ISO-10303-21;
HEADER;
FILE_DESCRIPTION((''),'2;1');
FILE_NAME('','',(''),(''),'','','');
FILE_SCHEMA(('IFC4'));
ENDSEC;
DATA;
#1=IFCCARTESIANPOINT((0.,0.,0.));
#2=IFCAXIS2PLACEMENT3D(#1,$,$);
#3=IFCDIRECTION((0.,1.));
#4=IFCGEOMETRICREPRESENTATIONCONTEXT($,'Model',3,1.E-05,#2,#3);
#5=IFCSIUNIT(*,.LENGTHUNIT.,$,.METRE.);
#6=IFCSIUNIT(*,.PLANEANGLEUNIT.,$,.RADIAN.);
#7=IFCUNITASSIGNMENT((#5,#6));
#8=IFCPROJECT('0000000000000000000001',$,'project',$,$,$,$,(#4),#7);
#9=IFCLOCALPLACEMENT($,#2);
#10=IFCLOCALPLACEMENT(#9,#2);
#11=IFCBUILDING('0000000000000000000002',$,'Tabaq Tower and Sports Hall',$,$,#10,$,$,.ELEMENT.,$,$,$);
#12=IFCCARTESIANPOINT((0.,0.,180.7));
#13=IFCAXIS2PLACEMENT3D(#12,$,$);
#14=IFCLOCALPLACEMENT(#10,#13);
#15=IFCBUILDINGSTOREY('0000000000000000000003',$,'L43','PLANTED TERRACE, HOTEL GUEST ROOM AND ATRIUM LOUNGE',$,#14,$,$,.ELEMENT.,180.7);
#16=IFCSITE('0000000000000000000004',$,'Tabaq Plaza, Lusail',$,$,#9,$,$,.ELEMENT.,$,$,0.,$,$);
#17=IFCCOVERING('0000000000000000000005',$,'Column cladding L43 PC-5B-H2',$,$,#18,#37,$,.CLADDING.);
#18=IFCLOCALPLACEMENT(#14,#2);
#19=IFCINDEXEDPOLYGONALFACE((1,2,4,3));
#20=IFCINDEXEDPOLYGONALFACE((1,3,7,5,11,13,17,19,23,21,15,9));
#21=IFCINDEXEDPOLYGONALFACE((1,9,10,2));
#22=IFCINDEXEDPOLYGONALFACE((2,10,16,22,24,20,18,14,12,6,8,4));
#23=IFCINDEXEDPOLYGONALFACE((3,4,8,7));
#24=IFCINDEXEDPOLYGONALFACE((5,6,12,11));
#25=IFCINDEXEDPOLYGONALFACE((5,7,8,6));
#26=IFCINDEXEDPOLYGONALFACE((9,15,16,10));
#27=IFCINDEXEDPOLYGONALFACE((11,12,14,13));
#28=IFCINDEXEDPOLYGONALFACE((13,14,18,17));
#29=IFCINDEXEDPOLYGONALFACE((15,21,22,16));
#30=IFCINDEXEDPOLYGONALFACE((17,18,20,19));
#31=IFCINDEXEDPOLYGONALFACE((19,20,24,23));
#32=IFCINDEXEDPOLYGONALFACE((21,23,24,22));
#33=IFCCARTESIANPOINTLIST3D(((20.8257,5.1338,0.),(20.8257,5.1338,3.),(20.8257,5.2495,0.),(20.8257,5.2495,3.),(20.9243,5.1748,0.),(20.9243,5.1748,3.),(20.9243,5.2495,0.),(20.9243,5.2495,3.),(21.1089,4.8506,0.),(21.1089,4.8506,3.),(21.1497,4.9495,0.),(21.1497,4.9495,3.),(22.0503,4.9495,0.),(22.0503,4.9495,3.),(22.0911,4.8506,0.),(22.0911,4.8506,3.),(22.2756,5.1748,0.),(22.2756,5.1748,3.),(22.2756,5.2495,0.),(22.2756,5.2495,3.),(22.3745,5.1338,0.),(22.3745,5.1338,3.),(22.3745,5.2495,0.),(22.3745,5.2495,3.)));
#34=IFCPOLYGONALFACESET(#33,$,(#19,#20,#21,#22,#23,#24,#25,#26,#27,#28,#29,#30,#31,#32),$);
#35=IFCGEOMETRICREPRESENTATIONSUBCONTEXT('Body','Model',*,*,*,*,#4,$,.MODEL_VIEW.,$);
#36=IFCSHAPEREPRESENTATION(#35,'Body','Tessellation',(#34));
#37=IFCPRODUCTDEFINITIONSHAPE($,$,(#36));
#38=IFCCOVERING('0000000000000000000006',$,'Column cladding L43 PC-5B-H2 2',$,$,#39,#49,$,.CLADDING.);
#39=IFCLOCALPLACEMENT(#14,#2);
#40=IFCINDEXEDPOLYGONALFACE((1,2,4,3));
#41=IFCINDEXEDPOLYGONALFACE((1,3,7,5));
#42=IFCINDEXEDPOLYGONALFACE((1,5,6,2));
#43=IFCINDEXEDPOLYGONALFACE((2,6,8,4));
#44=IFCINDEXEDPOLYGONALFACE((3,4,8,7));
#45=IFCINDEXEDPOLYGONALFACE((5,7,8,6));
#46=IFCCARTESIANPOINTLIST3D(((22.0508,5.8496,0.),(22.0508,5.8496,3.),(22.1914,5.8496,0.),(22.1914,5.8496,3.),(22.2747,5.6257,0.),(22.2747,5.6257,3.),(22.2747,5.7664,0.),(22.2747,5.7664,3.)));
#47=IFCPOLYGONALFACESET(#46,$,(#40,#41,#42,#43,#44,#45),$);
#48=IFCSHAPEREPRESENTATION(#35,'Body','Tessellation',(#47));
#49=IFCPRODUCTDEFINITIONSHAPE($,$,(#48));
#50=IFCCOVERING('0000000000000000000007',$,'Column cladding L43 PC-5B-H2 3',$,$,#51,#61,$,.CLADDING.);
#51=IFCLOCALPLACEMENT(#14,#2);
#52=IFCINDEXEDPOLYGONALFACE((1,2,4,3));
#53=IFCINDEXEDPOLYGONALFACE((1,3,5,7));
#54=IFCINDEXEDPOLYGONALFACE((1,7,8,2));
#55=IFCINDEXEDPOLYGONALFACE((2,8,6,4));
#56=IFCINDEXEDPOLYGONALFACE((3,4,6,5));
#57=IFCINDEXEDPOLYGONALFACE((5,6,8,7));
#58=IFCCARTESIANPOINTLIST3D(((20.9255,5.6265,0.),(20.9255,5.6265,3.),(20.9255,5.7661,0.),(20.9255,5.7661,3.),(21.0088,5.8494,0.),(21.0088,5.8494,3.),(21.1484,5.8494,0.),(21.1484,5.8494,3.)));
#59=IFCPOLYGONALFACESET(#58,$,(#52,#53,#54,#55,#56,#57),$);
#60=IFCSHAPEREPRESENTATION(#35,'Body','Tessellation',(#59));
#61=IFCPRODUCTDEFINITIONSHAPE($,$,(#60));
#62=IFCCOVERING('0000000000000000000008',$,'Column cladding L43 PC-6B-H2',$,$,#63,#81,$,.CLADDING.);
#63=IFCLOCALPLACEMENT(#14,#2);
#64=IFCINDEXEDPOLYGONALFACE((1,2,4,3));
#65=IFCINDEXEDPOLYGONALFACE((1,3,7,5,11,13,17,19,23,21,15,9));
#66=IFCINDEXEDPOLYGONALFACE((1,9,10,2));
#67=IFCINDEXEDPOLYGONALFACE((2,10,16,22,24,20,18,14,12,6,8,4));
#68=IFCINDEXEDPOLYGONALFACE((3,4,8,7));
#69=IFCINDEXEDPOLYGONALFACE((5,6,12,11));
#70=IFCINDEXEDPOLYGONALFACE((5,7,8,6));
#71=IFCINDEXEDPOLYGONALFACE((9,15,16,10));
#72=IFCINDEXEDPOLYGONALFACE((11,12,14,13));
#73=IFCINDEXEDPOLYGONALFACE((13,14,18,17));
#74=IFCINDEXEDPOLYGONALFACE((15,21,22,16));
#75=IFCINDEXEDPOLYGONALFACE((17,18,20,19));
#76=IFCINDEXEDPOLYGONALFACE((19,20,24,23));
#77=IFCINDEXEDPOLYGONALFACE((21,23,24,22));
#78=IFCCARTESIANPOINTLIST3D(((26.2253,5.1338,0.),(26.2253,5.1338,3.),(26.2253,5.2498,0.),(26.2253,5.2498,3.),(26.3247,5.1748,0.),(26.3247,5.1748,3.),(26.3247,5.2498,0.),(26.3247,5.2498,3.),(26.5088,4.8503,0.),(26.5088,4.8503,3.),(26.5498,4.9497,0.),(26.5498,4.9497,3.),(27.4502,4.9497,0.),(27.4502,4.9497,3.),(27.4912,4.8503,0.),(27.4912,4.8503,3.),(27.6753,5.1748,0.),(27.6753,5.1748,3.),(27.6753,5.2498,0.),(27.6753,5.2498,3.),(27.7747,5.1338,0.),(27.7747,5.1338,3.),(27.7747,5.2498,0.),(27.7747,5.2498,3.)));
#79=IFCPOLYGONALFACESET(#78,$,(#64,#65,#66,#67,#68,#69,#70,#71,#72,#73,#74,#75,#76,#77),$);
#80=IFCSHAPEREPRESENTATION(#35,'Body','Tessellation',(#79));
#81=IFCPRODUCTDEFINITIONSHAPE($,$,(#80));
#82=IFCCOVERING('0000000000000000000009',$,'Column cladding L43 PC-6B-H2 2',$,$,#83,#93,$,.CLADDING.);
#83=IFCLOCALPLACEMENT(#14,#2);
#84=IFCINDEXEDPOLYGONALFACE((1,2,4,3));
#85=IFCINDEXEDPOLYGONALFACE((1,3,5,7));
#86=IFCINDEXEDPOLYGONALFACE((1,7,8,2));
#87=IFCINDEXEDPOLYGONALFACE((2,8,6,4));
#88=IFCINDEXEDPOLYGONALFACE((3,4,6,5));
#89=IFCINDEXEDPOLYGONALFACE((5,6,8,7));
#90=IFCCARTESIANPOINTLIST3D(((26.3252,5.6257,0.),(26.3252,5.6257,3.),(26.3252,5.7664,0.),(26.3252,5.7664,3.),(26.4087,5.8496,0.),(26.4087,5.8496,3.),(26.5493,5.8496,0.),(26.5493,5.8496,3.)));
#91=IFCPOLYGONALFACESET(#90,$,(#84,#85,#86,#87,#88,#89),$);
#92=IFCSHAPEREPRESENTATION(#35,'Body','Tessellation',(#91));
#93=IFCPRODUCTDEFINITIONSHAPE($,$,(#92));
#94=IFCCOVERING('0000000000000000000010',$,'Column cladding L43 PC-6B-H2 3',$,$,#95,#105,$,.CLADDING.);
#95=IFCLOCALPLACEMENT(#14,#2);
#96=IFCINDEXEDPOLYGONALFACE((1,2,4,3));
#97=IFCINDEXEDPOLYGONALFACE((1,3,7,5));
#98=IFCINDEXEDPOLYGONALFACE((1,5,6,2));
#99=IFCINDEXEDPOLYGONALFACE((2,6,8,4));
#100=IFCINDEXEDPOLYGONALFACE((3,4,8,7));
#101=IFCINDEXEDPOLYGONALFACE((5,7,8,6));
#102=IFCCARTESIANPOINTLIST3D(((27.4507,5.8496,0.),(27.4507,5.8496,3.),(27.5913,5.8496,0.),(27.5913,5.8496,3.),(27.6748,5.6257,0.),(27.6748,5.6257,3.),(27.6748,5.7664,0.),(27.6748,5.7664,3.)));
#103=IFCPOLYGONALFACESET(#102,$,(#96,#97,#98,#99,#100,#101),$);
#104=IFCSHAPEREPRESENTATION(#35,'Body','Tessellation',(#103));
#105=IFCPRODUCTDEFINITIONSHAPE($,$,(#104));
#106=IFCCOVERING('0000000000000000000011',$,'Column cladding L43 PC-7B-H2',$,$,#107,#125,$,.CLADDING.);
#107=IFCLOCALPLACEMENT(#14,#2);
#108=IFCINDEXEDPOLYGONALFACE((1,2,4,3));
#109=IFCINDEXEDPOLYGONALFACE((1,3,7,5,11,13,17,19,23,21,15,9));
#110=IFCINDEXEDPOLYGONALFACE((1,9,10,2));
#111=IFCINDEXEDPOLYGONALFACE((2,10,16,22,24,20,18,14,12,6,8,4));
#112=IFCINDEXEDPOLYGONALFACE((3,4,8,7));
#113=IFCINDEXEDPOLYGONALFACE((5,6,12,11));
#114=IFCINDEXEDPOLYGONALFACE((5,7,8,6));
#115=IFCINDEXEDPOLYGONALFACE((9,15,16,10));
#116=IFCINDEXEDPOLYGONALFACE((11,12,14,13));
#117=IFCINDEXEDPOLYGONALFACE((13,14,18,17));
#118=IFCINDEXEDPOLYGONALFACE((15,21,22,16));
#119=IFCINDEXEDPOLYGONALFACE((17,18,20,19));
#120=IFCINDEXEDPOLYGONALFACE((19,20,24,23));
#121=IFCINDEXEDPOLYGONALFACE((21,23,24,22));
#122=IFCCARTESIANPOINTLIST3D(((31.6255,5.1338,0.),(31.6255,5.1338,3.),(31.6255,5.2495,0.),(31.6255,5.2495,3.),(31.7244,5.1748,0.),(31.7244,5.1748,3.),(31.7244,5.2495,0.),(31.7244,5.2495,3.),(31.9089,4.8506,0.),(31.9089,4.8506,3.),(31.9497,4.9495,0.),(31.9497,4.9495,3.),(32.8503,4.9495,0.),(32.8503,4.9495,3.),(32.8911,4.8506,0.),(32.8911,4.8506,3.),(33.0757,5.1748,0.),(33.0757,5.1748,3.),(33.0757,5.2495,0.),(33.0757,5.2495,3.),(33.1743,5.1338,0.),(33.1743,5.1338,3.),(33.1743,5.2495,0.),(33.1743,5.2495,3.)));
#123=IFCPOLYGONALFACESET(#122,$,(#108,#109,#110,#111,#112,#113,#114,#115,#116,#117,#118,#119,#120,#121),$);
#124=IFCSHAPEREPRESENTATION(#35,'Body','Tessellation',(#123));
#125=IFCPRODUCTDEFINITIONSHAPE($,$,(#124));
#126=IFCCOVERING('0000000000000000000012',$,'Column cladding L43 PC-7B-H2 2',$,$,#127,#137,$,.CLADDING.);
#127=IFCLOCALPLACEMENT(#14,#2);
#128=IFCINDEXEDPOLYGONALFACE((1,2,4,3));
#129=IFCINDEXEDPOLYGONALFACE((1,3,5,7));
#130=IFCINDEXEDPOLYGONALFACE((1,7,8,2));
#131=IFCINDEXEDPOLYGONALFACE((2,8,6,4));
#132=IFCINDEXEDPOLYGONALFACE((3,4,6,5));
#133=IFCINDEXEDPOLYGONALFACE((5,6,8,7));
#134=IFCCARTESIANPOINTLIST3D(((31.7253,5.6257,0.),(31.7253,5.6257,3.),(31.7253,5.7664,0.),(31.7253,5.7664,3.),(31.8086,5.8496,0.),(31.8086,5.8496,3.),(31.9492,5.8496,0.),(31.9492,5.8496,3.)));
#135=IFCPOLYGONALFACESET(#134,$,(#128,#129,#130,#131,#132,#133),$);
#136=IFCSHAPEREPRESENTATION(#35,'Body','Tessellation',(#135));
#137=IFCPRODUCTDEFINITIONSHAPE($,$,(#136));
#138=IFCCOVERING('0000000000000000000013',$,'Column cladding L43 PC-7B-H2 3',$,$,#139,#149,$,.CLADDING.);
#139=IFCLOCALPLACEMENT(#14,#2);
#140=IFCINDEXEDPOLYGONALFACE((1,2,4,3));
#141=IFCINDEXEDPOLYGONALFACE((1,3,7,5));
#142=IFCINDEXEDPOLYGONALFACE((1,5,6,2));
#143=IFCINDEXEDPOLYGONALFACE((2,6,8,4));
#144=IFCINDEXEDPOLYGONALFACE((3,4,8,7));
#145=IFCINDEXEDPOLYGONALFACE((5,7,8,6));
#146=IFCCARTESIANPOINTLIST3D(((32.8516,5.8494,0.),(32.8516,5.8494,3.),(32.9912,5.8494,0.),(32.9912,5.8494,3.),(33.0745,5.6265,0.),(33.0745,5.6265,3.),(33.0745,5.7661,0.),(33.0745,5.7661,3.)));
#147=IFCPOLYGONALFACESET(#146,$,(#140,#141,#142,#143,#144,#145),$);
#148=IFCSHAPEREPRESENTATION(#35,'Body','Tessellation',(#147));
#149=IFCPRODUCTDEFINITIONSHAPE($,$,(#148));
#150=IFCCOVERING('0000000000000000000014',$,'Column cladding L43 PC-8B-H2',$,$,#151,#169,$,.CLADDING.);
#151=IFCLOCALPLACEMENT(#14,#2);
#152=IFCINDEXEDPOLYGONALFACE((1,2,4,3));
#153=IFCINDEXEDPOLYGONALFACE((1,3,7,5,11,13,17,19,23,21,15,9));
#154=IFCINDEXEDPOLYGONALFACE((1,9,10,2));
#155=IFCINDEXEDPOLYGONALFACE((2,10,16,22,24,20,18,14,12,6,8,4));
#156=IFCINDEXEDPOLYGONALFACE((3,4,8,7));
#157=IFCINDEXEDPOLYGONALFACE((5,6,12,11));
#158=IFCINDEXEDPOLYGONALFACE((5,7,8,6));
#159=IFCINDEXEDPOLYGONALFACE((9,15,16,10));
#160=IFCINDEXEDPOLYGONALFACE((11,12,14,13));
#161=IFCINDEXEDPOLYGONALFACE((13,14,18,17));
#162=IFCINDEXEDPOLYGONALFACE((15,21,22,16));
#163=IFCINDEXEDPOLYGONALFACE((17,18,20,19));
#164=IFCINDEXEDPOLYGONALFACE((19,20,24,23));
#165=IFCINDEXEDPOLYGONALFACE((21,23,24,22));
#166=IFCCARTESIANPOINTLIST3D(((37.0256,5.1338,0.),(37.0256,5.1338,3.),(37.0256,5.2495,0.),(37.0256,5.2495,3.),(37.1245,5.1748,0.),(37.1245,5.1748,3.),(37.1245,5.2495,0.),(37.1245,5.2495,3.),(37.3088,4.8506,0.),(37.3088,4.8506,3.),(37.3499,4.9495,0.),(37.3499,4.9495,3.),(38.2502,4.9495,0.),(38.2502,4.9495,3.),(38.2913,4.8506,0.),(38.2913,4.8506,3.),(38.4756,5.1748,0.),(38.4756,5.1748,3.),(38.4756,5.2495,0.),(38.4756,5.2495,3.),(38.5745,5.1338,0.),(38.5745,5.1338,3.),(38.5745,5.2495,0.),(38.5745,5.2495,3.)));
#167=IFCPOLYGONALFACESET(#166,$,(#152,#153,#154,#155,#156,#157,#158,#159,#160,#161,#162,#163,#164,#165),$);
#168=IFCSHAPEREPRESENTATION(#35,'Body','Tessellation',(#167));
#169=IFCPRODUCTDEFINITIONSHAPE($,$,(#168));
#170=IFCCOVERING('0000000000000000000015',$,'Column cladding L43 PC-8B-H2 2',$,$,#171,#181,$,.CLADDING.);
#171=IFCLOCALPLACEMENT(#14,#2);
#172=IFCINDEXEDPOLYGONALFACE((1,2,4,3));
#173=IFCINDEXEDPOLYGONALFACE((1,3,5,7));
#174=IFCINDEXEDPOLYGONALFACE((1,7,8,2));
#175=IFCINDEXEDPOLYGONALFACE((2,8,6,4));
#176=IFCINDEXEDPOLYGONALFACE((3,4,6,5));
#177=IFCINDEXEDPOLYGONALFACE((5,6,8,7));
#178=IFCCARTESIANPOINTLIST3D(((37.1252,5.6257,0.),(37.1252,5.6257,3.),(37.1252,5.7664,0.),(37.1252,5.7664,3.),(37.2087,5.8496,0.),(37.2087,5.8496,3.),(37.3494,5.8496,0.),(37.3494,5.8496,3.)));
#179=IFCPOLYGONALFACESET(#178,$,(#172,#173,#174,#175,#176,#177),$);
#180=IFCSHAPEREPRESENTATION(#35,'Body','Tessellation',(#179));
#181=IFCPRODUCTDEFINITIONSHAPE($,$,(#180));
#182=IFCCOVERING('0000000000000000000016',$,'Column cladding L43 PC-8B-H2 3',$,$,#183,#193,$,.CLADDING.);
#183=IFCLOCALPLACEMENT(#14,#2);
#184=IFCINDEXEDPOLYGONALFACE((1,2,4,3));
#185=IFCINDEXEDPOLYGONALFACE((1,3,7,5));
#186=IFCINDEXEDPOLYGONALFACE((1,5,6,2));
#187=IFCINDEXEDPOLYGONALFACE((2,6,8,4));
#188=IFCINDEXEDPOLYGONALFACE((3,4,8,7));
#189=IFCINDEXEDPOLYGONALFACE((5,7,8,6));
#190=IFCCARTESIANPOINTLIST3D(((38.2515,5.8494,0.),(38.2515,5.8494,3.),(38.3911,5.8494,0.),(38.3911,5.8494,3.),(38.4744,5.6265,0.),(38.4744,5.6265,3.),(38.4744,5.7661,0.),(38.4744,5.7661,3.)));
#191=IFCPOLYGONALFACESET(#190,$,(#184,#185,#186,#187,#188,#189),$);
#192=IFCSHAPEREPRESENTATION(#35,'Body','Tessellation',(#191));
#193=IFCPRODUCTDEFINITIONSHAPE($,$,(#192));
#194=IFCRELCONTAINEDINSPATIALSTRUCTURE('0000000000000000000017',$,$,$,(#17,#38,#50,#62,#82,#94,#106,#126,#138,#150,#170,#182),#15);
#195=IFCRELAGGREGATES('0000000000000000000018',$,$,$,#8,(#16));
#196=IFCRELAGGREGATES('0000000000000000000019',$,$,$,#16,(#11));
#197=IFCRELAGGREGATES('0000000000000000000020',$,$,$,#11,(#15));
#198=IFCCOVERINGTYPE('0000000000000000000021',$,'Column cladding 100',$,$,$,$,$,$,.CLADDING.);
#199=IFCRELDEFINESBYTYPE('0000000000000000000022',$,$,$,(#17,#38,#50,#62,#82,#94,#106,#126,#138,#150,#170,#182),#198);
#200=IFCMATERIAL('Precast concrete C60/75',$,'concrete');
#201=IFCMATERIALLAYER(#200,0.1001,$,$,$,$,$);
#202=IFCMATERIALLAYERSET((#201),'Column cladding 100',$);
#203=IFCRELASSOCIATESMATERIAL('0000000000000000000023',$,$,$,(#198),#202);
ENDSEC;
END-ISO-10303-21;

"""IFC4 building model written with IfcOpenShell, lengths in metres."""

from ifc_helpers import new_model, si_unit, direction, frame, origin, place, context, subcontext, project, spatial, polyline, outline, extrude, material, layer, layer_set, type_object, element, save


model = new_model("IFC4")

# Units and contexts
model_context = context("Model", 3, precision=1e-05, world=origin(), true_north=direction((0.0, 1.0)))
body_context = subcontext(model_context, "Body", "Model", "MODEL_VIEW")
ifc_project = project(units=[si_unit("LENGTHUNIT", "METRE"), si_unit("PLANEANGLEUNIT", "RADIAN")], contexts=[model_context])

# Site, building, storey
site_placement = place(None, origin())
site = spatial("IfcSite", under=ifc_project, at=site_placement, Name="Tabaq Plaza, Lusail", CompositionType="ELEMENT", RefElevation=0.0)
building_placement = place(site_placement, origin())
building = spatial("IfcBuilding", under=site, at=building_placement, Name="Tabaq Tower and Sports Hall", CompositionType="ELEMENT")
storey_placement = place(building_placement, frame((0.0, 0.0, 180.7)))
storey = spatial("IfcBuildingStorey", under=building, at=storey_placement, Name="L43", Description="PLANTED TERRACE, HOTEL GUEST ROOM AND ATRIUM LOUNGE", CompositionType="ELEMENT", Elevation=180.7)

# Coverings
ifc_material_1 = material(Name="Precast concrete C60/75", Category="concrete")
ifc_layer_1 = layer(ifc_material_1, 0.1001)
ifc_layer_set_1 = layer_set([ifc_layer_1], Name="Column cladding 100")
covering_type_1 = type_object("IfcCoveringType", Name="Column cladding 100", PredefinedType="CLADDING", material=ifc_layer_set_1)
covering_1_placement = place(storey_placement, origin())
element("IfcCovering", 1, at=covering_1_placement, inside=storey, type_object=covering_type_1, Name="Column cladding L43 PC-5B-H2", PredefinedType="CLADDING", context=body_context, shape_type="SweptSolid", body=[
    extrude(outline(polyline([(20.8257, 5.2495), (20.9243, 5.2495), (20.9243, 5.1748), (21.1497, 4.9495), (22.0503, 4.9495), (22.2756, 5.1748), (22.2756, 5.2495), (22.3745, 5.2495), (22.3745, 5.1338), (22.0911, 4.8506), (21.1089, 4.8506), (20.8257, 5.1338), (20.8257, 5.2495)])), origin(), (0.0, 0.0, 1.0), 3.0),
])
covering_2_placement = place(storey_placement, origin())
element("IfcCovering", 2, at=covering_2_placement, inside=storey, type_object=covering_type_1, Name="Column cladding L43 PC-5B-H2 2", PredefinedType="CLADDING", context=body_context, shape_type="SweptSolid", body=[
    extrude(outline(polyline([(22.2747, 5.7664), (22.2747, 5.6257), (22.0508, 5.8496), (22.1914, 5.8496), (22.2747, 5.7664)])), origin(), (0.0, 0.0, 1.0), 3.0),
])
covering_3_placement = place(storey_placement, origin())
element("IfcCovering", 3, at=covering_3_placement, inside=storey, type_object=covering_type_1, Name="Column cladding L43 PC-5B-H2 3", PredefinedType="CLADDING", context=body_context, shape_type="SweptSolid", body=[
    extrude(outline(polyline([(20.9255, 5.6265), (20.9255, 5.7661), (21.0088, 5.8494), (21.1484, 5.8494), (20.9255, 5.6265)])), origin(), (0.0, 0.0, 1.0), 3.0),
])
covering_4_placement = place(storey_placement, origin())
element("IfcCovering", 4, at=covering_4_placement, inside=storey, type_object=covering_type_1, Name="Column cladding L43 PC-6B-H2", PredefinedType="CLADDING", context=body_context, shape_type="SweptSolid", body=[
    extrude(outline(polyline([(26.2253, 5.2498), (26.3247, 5.2498), (26.3247, 5.1748), (26.5498, 4.9497), (27.4502, 4.9497), (27.6753, 5.1748), (27.6753, 5.2498), (27.7747, 5.2498), (27.7747, 5.1338), (27.4912, 4.8503), (26.5088, 4.8503), (26.2253, 5.1338), (26.2253, 5.2498)])), origin(), (0.0, 0.0, 1.0), 3.0),
])
covering_5_placement = place(storey_placement, origin())
element("IfcCovering", 5, at=covering_5_placement, inside=storey, type_object=covering_type_1, Name="Column cladding L43 PC-6B-H2 2", PredefinedType="CLADDING", context=body_context, shape_type="SweptSolid", body=[
    extrude(outline(polyline([(26.4087, 5.8496), (26.5493, 5.8496), (26.3252, 5.6257), (26.3252, 5.7664), (26.4087, 5.8496)])), origin(), (0.0, 0.0, 1.0), 3.0),
])
covering_6_placement = place(storey_placement, origin())
element("IfcCovering", 6, at=covering_6_placement, inside=storey, type_object=covering_type_1, Name="Column cladding L43 PC-6B-H2 3", PredefinedType="CLADDING", context=body_context, shape_type="SweptSolid", body=[
    extrude(outline(polyline([(27.6748, 5.7664), (27.6748, 5.6257), (27.4507, 5.8496), (27.5913, 5.8496), (27.6748, 5.7664)])), origin(), (0.0, 0.0, 1.0), 3.0),
])
covering_7_placement = place(storey_placement, origin())
element("IfcCovering", 7, at=covering_7_placement, inside=storey, type_object=covering_type_1, Name="Column cladding L43 PC-7B-H2", PredefinedType="CLADDING", context=body_context, shape_type="SweptSolid", body=[
    extrude(outline(polyline([(31.6255, 5.2495), (31.7244, 5.2495), (31.7244, 5.1748), (31.9497, 4.9495), (32.8503, 4.9495), (33.0757, 5.1748), (33.0757, 5.2495), (33.1743, 5.2495), (33.1743, 5.1338), (32.8911, 4.8506), (31.9089, 4.8506), (31.6255, 5.1338), (31.6255, 5.2495)])), origin(), (0.0, 0.0, 1.0), 3.0),
])
covering_8_placement = place(storey_placement, origin())
element("IfcCovering", 8, at=covering_8_placement, inside=storey, type_object=covering_type_1, Name="Column cladding L43 PC-7B-H2 2", PredefinedType="CLADDING", context=body_context, shape_type="SweptSolid", body=[
    extrude(outline(polyline([(31.8086, 5.8496), (31.9492, 5.8496), (31.7253, 5.6257), (31.7253, 5.7664), (31.8086, 5.8496)])), origin(), (0.0, 0.0, 1.0), 3.0),
])
covering_9_placement = place(storey_placement, origin())
element("IfcCovering", 9, at=covering_9_placement, inside=storey, type_object=covering_type_1, Name="Column cladding L43 PC-7B-H2 3", PredefinedType="CLADDING", context=body_context, shape_type="SweptSolid", body=[
    extrude(outline(polyline([(33.0745, 5.6265), (32.8516, 5.8494), (32.9912, 5.8494), (33.0745, 5.7661), (33.0745, 5.6265)])), origin(), (0.0, 0.0, 1.0), 3.0),
])
covering_10_placement = place(storey_placement, origin())
element("IfcCovering", 10, at=covering_10_placement, inside=storey, type_object=covering_type_1, Name="Column cladding L43 PC-8B-H2", PredefinedType="CLADDING", context=body_context, shape_type="SweptSolid", body=[
    extrude(outline(polyline([(37.0256, 5.2495), (37.1245, 5.2495), (37.1245, 5.1748), (37.3499, 4.9495), (38.2502, 4.9495), (38.4756, 5.1748), (38.4756, 5.2495), (38.5745, 5.2495), (38.5745, 5.1338), (38.2913, 4.8506), (37.3088, 4.8506), (37.0256, 5.1338), (37.0256, 5.2495)])), origin(), (0.0, 0.0, 1.0), 3.0),
])
covering_11_placement = place(storey_placement, origin())
element("IfcCovering", 11, at=covering_11_placement, inside=storey, type_object=covering_type_1, Name="Column cladding L43 PC-8B-H2 2", PredefinedType="CLADDING", context=body_context, shape_type="SweptSolid", body=[
    extrude(outline(polyline([(37.2087, 5.8496), (37.3494, 5.8496), (37.1252, 5.6257), (37.1252, 5.7664), (37.2087, 5.8496)])), origin(), (0.0, 0.0, 1.0), 3.0),
])
covering_12_placement = place(storey_placement, origin())
element("IfcCovering", 12, at=covering_12_placement, inside=storey, type_object=covering_type_1, Name="Column cladding L43 PC-8B-H2 3", PredefinedType="CLADDING", context=body_context, shape_type="SweptSolid", body=[
    extrude(outline(polyline([(38.4744, 5.6265), (38.2515, 5.8494), (38.3911, 5.8494), (38.4744, 5.7661), (38.4744, 5.6265)])), origin(), (0.0, 0.0, 1.0), 3.0),
])

save(model, "model.ifc")
